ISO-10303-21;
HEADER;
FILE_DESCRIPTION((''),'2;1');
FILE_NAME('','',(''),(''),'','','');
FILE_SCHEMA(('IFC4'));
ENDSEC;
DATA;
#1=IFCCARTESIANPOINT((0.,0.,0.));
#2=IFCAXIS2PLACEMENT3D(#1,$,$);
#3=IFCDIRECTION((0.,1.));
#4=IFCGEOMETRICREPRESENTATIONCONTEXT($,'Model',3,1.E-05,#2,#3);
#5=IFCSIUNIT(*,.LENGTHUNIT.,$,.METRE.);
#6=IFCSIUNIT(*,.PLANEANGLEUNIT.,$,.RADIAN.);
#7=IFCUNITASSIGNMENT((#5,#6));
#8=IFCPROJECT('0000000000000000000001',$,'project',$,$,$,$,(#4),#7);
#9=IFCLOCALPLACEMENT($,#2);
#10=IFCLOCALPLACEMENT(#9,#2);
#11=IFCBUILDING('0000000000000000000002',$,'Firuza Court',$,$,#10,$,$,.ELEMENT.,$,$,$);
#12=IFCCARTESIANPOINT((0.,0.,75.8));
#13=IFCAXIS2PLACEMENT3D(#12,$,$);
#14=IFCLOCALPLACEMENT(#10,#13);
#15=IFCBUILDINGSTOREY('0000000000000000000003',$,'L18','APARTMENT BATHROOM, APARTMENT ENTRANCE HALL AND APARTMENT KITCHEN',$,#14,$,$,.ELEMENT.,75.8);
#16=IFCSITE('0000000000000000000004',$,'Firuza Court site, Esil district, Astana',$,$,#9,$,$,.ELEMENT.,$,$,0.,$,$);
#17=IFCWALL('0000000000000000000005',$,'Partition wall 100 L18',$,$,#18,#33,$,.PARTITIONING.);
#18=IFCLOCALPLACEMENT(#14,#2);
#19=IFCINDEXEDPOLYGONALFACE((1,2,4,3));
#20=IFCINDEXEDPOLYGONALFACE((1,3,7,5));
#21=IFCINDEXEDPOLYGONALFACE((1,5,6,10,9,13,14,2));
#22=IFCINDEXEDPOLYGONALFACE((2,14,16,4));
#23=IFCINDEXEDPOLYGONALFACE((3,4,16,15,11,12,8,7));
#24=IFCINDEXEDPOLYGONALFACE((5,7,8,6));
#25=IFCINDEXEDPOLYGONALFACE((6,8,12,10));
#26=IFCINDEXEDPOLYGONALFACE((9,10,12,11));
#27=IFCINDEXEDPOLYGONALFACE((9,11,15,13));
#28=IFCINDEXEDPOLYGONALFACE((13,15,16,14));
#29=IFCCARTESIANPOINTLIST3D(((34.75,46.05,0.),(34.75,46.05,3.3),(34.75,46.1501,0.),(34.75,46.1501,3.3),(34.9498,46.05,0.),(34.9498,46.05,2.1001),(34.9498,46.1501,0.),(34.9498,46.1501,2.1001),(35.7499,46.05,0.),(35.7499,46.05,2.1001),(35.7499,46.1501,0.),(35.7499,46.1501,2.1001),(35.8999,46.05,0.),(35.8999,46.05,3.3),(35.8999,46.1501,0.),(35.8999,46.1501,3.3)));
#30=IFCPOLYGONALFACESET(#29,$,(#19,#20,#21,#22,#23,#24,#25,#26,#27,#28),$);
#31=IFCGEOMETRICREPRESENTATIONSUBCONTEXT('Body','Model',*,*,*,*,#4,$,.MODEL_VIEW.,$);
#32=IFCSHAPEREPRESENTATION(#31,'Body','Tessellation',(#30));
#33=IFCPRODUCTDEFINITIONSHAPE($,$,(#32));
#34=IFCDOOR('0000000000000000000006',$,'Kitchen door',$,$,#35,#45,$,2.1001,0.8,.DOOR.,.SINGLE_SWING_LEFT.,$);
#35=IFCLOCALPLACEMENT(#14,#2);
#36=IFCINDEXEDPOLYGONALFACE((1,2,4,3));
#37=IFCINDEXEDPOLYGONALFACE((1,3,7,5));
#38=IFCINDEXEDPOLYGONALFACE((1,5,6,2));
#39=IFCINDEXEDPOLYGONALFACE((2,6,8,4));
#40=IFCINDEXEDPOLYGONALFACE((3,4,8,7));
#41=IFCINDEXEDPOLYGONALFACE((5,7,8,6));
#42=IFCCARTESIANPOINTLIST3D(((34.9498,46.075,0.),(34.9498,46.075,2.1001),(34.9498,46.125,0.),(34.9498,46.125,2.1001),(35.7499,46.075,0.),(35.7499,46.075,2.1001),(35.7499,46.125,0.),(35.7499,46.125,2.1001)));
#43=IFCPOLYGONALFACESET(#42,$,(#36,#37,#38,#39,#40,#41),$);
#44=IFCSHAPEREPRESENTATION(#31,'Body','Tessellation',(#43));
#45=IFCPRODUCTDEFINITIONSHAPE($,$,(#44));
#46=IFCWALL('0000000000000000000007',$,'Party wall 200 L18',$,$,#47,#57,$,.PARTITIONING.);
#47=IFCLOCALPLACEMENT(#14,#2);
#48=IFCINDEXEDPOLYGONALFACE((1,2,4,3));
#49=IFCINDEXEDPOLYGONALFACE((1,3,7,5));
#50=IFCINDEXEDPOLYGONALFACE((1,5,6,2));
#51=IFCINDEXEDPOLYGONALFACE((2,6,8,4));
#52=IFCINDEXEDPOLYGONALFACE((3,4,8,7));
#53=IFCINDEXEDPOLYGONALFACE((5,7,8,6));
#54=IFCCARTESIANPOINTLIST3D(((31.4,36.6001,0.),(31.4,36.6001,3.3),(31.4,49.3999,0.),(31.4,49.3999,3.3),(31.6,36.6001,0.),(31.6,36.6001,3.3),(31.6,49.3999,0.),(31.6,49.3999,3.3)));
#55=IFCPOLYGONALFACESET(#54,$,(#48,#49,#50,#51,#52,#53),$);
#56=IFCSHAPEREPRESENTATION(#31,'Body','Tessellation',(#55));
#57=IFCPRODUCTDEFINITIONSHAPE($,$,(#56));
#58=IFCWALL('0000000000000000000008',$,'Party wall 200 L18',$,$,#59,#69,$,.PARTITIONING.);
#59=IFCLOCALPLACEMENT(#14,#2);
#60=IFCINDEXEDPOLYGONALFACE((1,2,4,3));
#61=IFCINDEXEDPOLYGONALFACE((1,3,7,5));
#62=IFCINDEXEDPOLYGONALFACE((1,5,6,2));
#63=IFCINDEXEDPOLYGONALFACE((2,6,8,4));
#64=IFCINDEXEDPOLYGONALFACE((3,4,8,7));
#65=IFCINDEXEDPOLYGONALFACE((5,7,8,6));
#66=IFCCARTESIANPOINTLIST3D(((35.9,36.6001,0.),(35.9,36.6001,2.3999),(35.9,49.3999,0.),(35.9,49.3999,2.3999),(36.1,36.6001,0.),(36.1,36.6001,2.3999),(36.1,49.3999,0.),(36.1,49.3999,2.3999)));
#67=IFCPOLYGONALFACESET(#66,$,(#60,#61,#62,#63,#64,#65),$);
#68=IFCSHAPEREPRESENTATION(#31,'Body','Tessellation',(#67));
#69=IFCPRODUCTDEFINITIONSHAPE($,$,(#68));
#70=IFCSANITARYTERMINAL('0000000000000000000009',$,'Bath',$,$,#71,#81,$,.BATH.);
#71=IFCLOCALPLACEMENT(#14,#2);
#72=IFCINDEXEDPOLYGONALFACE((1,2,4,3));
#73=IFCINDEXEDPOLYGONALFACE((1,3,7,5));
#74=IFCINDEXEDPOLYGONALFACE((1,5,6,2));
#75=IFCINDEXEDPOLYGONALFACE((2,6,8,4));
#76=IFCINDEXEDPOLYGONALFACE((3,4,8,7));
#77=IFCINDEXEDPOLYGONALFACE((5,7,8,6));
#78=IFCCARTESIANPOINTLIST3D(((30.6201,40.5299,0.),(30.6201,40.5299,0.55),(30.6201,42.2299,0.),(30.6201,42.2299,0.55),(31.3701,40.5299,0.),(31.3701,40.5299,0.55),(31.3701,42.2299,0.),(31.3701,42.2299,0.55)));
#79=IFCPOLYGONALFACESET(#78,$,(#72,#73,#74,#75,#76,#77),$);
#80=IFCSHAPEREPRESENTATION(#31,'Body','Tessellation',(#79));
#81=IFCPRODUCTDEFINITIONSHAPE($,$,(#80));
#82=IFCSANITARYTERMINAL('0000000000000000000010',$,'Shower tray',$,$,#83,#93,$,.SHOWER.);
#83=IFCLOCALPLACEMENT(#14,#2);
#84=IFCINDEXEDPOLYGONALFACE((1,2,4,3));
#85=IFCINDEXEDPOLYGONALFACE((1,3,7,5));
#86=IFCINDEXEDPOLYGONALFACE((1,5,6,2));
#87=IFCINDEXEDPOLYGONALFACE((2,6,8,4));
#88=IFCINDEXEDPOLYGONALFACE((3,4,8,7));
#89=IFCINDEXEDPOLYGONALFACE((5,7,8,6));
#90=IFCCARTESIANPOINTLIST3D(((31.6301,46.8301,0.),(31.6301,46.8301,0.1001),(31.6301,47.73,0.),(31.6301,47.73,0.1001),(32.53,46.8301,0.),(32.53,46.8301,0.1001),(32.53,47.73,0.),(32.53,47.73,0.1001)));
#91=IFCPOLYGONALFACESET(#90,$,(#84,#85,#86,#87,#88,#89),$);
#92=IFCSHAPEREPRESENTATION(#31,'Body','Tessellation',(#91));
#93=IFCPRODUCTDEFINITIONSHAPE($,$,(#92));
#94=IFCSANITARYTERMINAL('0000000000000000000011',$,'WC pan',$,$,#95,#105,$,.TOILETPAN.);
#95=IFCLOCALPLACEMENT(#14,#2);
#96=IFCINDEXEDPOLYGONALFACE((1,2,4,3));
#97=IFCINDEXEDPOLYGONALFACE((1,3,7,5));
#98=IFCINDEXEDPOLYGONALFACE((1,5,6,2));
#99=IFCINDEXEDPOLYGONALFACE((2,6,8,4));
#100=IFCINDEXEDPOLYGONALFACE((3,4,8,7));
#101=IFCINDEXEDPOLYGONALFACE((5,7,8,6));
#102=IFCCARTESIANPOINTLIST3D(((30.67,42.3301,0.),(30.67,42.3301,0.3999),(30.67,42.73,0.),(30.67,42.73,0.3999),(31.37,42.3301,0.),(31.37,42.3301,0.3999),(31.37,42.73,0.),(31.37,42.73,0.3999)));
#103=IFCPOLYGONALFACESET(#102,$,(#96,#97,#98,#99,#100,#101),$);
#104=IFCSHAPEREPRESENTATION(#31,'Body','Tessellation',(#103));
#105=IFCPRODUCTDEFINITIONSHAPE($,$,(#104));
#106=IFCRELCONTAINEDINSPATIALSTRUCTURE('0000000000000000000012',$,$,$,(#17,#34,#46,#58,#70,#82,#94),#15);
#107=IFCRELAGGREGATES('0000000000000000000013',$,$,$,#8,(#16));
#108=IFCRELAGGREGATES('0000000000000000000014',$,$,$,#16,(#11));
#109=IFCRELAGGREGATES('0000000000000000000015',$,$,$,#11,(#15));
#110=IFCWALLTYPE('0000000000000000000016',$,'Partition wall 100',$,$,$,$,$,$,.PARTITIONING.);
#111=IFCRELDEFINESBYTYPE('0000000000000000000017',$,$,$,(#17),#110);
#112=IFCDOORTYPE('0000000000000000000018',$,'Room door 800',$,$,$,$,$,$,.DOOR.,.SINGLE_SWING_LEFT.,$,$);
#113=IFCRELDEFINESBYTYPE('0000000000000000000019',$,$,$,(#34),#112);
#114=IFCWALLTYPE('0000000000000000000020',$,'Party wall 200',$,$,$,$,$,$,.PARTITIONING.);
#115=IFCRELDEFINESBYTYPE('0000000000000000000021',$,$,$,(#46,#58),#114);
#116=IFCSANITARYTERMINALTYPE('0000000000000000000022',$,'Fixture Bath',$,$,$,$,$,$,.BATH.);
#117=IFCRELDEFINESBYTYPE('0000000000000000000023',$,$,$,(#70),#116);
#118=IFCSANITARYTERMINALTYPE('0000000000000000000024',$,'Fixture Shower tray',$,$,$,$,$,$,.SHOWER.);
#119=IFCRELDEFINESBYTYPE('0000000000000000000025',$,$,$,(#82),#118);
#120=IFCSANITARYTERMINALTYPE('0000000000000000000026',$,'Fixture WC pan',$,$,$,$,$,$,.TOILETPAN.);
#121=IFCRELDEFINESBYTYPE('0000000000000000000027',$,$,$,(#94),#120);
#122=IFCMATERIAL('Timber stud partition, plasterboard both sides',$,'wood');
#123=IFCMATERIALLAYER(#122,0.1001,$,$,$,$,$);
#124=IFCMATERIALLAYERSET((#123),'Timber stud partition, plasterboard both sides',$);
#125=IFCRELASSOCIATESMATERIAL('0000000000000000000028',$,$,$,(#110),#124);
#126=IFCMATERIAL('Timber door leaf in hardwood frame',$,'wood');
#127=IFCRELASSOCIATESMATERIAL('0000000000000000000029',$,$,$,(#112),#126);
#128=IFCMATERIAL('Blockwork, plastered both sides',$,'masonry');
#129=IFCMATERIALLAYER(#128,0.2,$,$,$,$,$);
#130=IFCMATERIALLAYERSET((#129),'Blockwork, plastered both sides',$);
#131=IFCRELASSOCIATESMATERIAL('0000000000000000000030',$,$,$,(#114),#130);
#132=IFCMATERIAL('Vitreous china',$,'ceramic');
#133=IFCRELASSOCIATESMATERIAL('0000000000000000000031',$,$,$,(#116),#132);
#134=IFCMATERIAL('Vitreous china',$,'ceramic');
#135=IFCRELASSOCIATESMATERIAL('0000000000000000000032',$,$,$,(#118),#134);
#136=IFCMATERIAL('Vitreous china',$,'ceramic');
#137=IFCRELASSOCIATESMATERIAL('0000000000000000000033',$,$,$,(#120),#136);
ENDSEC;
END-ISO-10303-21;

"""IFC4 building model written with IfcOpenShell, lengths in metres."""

from ifc_helpers import new_model, si_unit, direction, frame, frame_2d, origin, origin_2d, place, context, subcontext, project, spatial, rectangle, extrude, material, layer, layer_set, type_object, element, fill, save


model = new_model("IFC4")

# Units and contexts
model_context = context("Model", 3, precision=1e-05, world=origin(), true_north=direction((0.0, 1.0)))
body_context = subcontext(model_context, "Body", "Model", "MODEL_VIEW")
ifc_project = project(units=[si_unit("LENGTHUNIT", "METRE"), si_unit("PLANEANGLEUNIT", "RADIAN")], contexts=[model_context])

# Site, building, storey
site_placement = place(None, origin())
site = spatial("IfcSite", under=ifc_project, at=site_placement, Name="Firuza Court site, Esil district, Astana", CompositionType="ELEMENT", RefElevation=0.0)
building_placement = place(site_placement, origin())
building = spatial("IfcBuilding", under=site, at=building_placement, Name="Firuza Court", CompositionType="ELEMENT")
storey_placement = place(building_placement, frame((0.0, 0.0, 75.8)))
storey = spatial("IfcBuildingStorey", under=building, at=storey_placement, Name="L18", Description="APARTMENT BATHROOM, APARTMENT ENTRANCE HALL AND APARTMENT KITCHEN", CompositionType="ELEMENT", Elevation=75.8)

# Shared definitions
ifc_material_1 = material(Name="Timber stud partition, plasterboard both sides", Category="wood")
ifc_layer_1 = layer(ifc_material_1, 0.1001)
ifc_layer_set_1 = layer_set([ifc_layer_1], Name="Timber stud partition, plasterboard both sides")
wall_type_1 = type_object("IfcWallType", Name="Partition wall 100", PredefinedType="PARTITIONING", material=ifc_layer_set_1)

# Wall, opening, door
wall_1_placement = place(storey_placement, frame((34.75, 46.1001, 0.0), z_axis=(0.0, 0.0, 1.0), x_axis=(1.0, 0.0, 0.0)))
wall_1 = element("IfcWall", 1, at=wall_1_placement, inside=storey, type_object=wall_type_1, Name="Partition wall 100 L18", PredefinedType="PARTITIONING", context=body_context, shape_type="SweptSolid", body=[
    extrude(rectangle(XDim=1.1499, YDim=0.1001, at=frame_2d((0.575, 0.0))), origin(), (0.0, 0.0, 1.0), 3.3),
])
opening_1_placement = place(wall_1_placement, frame((0.2, 0.0, 0.0)))
opening_1 = element("IfcOpeningElement", 2, at=opening_1_placement, cuts=wall_1, PredefinedType="OPENING", context=body_context, shape_type="SweptSolid", body=[
    extrude(rectangle(XDim=0.8, YDim=2.1001, at=frame_2d((0.3999, 1.05))), frame((0.0, 0.062, 0.0), z_axis=(0.0, -1.0, 0.0), x_axis=(1.0, 0.0, 0.0)), (0.0, 0.0, 1.0), 0.124),
])
ifc_material_2 = material(Name="Timber door leaf in hardwood frame", Category="wood")
door_type_1 = type_object("IfcDoorType", Name="Room door 800", OperationType="SINGLE_SWING_LEFT", PredefinedType="DOOR", material=ifc_material_2)
door_1_placement = place(opening_1_placement, origin())
door_1 = element("IfcDoor", 3, at=door_1_placement, inside=storey, type_object=door_type_1, Name="Kitchen door", OperationType="SINGLE_SWING_LEFT", OverallHeight=2.1001, OverallWidth=0.8, PredefinedType="DOOR", context=body_context, shape_type="SweptSolid", body=[
    extrude(rectangle(XDim=0.8, YDim=2.1001, at=frame_2d((0.3999, 1.05))), frame((0.0, 0.0249, 0.0), z_axis=(0.0, -1.0, 0.0), x_axis=(1.0, 0.0, 0.0)), (0.0, 0.0, 1.0), 0.05),
])
fill(opening_1, door_1)

# Walls
ifc_material_3 = material(Name="Blockwork, plastered both sides", Category="masonry")
ifc_layer_2 = layer(ifc_material_3, 0.2)
ifc_layer_set_2 = layer_set([ifc_layer_2], Name="Blockwork, plastered both sides")
wall_type_2 = type_object("IfcWallType", Name="Party wall 200", PredefinedType="PARTITIONING", material=ifc_layer_set_2)
wall_2_placement = place(storey_placement, frame((31.5, 36.6001, 0.0), z_axis=(0.0, 0.0, 1.0), x_axis=(0.0, 1.0, 0.0)))
element("IfcWall", 4, at=wall_2_placement, inside=storey, type_object=wall_type_2, Name="Party wall 200 L18", PredefinedType="PARTITIONING", context=body_context, shape_type="SweptSolid", body=[
    extrude(rectangle(XDim=12.7998, YDim=0.2, at=frame_2d((6.3999, 0.0))), origin(), (0.0, 0.0, 1.0), 3.3),
])
wall_3_placement = place(storey_placement, frame((36.0, 36.6001, 0.0), z_axis=(0.0, 0.0, 1.0), x_axis=(0.0, 1.0, 0.0)))
element("IfcWall", 5, at=wall_3_placement, inside=storey, type_object=wall_type_2, Name="Party wall 200 L18", PredefinedType="PARTITIONING", context=body_context, shape_type="SweptSolid", body=[
    extrude(rectangle(XDim=12.7998, YDim=0.2, at=frame_2d((6.3999, 0.0))), origin(), (0.0, 0.0, 1.0), 2.3999),
])

# Sanitary terminals
ifc_material_4 = material(Name="Vitreous china", Category="ceramic")
sanitary_terminal_type_1 = type_object("IfcSanitaryTerminalType", Name="Fixture Bath", PredefinedType="BATH", material=ifc_material_4)
sanitary_terminal_1_placement = place(storey_placement, frame((30.9951, 41.3799, 0.0), z_axis=(0.0, 0.0, 1.0), x_axis=(1.0, 0.0, 0.0)))
element("IfcSanitaryTerminal", 6, at=sanitary_terminal_1_placement, inside=storey, type_object=sanitary_terminal_type_1, Name="Bath", PredefinedType="BATH", context=body_context, shape_type="SweptSolid", body=[
    extrude(rectangle(XDim=0.75, YDim=1.7, at=origin_2d()), origin(), (0.0, 0.0, 1.0), 0.55),
])
ifc_material_5 = material(Name="Vitreous china", Category="ceramic")
sanitary_terminal_type_2 = type_object("IfcSanitaryTerminalType", Name="Fixture Shower tray", PredefinedType="SHOWER", material=ifc_material_5)
sanitary_terminal_2_placement = place(storey_placement, frame((32.0801, 47.28, 0.0), z_axis=(0.0, 0.0, 1.0), x_axis=(1.0, 0.0, 0.0)))
element("IfcSanitaryTerminal", 7, at=sanitary_terminal_2_placement, inside=storey, type_object=sanitary_terminal_type_2, Name="Shower tray", PredefinedType="SHOWER", context=body_context, shape_type="SweptSolid", body=[
    extrude(rectangle(XDim=0.8999, YDim=0.8999, at=origin_2d()), origin(), (0.0, 0.0, 1.0), 0.1001),
])
ifc_material_6 = material(Name="Vitreous china", Category="ceramic")
sanitary_terminal_type_3 = type_object("IfcSanitaryTerminalType", Name="Fixture WC pan", PredefinedType="TOILETPAN", material=ifc_material_6)
sanitary_terminal_3_placement = place(storey_placement, frame((31.02, 42.53, 0.0), z_axis=(0.0, 0.0, 1.0), x_axis=(1.0, 0.0, 0.0)))
element("IfcSanitaryTerminal", 8, at=sanitary_terminal_3_placement, inside=storey, type_object=sanitary_terminal_type_3, Name="WC pan", PredefinedType="TOILETPAN", context=body_context, shape_type="SweptSolid", body=[
    extrude(rectangle(XDim=0.7, YDim=0.3999, at=origin_2d()), origin(), (0.0, 0.0, 1.0), 0.3999),
])

save(model, "model.ifc")
